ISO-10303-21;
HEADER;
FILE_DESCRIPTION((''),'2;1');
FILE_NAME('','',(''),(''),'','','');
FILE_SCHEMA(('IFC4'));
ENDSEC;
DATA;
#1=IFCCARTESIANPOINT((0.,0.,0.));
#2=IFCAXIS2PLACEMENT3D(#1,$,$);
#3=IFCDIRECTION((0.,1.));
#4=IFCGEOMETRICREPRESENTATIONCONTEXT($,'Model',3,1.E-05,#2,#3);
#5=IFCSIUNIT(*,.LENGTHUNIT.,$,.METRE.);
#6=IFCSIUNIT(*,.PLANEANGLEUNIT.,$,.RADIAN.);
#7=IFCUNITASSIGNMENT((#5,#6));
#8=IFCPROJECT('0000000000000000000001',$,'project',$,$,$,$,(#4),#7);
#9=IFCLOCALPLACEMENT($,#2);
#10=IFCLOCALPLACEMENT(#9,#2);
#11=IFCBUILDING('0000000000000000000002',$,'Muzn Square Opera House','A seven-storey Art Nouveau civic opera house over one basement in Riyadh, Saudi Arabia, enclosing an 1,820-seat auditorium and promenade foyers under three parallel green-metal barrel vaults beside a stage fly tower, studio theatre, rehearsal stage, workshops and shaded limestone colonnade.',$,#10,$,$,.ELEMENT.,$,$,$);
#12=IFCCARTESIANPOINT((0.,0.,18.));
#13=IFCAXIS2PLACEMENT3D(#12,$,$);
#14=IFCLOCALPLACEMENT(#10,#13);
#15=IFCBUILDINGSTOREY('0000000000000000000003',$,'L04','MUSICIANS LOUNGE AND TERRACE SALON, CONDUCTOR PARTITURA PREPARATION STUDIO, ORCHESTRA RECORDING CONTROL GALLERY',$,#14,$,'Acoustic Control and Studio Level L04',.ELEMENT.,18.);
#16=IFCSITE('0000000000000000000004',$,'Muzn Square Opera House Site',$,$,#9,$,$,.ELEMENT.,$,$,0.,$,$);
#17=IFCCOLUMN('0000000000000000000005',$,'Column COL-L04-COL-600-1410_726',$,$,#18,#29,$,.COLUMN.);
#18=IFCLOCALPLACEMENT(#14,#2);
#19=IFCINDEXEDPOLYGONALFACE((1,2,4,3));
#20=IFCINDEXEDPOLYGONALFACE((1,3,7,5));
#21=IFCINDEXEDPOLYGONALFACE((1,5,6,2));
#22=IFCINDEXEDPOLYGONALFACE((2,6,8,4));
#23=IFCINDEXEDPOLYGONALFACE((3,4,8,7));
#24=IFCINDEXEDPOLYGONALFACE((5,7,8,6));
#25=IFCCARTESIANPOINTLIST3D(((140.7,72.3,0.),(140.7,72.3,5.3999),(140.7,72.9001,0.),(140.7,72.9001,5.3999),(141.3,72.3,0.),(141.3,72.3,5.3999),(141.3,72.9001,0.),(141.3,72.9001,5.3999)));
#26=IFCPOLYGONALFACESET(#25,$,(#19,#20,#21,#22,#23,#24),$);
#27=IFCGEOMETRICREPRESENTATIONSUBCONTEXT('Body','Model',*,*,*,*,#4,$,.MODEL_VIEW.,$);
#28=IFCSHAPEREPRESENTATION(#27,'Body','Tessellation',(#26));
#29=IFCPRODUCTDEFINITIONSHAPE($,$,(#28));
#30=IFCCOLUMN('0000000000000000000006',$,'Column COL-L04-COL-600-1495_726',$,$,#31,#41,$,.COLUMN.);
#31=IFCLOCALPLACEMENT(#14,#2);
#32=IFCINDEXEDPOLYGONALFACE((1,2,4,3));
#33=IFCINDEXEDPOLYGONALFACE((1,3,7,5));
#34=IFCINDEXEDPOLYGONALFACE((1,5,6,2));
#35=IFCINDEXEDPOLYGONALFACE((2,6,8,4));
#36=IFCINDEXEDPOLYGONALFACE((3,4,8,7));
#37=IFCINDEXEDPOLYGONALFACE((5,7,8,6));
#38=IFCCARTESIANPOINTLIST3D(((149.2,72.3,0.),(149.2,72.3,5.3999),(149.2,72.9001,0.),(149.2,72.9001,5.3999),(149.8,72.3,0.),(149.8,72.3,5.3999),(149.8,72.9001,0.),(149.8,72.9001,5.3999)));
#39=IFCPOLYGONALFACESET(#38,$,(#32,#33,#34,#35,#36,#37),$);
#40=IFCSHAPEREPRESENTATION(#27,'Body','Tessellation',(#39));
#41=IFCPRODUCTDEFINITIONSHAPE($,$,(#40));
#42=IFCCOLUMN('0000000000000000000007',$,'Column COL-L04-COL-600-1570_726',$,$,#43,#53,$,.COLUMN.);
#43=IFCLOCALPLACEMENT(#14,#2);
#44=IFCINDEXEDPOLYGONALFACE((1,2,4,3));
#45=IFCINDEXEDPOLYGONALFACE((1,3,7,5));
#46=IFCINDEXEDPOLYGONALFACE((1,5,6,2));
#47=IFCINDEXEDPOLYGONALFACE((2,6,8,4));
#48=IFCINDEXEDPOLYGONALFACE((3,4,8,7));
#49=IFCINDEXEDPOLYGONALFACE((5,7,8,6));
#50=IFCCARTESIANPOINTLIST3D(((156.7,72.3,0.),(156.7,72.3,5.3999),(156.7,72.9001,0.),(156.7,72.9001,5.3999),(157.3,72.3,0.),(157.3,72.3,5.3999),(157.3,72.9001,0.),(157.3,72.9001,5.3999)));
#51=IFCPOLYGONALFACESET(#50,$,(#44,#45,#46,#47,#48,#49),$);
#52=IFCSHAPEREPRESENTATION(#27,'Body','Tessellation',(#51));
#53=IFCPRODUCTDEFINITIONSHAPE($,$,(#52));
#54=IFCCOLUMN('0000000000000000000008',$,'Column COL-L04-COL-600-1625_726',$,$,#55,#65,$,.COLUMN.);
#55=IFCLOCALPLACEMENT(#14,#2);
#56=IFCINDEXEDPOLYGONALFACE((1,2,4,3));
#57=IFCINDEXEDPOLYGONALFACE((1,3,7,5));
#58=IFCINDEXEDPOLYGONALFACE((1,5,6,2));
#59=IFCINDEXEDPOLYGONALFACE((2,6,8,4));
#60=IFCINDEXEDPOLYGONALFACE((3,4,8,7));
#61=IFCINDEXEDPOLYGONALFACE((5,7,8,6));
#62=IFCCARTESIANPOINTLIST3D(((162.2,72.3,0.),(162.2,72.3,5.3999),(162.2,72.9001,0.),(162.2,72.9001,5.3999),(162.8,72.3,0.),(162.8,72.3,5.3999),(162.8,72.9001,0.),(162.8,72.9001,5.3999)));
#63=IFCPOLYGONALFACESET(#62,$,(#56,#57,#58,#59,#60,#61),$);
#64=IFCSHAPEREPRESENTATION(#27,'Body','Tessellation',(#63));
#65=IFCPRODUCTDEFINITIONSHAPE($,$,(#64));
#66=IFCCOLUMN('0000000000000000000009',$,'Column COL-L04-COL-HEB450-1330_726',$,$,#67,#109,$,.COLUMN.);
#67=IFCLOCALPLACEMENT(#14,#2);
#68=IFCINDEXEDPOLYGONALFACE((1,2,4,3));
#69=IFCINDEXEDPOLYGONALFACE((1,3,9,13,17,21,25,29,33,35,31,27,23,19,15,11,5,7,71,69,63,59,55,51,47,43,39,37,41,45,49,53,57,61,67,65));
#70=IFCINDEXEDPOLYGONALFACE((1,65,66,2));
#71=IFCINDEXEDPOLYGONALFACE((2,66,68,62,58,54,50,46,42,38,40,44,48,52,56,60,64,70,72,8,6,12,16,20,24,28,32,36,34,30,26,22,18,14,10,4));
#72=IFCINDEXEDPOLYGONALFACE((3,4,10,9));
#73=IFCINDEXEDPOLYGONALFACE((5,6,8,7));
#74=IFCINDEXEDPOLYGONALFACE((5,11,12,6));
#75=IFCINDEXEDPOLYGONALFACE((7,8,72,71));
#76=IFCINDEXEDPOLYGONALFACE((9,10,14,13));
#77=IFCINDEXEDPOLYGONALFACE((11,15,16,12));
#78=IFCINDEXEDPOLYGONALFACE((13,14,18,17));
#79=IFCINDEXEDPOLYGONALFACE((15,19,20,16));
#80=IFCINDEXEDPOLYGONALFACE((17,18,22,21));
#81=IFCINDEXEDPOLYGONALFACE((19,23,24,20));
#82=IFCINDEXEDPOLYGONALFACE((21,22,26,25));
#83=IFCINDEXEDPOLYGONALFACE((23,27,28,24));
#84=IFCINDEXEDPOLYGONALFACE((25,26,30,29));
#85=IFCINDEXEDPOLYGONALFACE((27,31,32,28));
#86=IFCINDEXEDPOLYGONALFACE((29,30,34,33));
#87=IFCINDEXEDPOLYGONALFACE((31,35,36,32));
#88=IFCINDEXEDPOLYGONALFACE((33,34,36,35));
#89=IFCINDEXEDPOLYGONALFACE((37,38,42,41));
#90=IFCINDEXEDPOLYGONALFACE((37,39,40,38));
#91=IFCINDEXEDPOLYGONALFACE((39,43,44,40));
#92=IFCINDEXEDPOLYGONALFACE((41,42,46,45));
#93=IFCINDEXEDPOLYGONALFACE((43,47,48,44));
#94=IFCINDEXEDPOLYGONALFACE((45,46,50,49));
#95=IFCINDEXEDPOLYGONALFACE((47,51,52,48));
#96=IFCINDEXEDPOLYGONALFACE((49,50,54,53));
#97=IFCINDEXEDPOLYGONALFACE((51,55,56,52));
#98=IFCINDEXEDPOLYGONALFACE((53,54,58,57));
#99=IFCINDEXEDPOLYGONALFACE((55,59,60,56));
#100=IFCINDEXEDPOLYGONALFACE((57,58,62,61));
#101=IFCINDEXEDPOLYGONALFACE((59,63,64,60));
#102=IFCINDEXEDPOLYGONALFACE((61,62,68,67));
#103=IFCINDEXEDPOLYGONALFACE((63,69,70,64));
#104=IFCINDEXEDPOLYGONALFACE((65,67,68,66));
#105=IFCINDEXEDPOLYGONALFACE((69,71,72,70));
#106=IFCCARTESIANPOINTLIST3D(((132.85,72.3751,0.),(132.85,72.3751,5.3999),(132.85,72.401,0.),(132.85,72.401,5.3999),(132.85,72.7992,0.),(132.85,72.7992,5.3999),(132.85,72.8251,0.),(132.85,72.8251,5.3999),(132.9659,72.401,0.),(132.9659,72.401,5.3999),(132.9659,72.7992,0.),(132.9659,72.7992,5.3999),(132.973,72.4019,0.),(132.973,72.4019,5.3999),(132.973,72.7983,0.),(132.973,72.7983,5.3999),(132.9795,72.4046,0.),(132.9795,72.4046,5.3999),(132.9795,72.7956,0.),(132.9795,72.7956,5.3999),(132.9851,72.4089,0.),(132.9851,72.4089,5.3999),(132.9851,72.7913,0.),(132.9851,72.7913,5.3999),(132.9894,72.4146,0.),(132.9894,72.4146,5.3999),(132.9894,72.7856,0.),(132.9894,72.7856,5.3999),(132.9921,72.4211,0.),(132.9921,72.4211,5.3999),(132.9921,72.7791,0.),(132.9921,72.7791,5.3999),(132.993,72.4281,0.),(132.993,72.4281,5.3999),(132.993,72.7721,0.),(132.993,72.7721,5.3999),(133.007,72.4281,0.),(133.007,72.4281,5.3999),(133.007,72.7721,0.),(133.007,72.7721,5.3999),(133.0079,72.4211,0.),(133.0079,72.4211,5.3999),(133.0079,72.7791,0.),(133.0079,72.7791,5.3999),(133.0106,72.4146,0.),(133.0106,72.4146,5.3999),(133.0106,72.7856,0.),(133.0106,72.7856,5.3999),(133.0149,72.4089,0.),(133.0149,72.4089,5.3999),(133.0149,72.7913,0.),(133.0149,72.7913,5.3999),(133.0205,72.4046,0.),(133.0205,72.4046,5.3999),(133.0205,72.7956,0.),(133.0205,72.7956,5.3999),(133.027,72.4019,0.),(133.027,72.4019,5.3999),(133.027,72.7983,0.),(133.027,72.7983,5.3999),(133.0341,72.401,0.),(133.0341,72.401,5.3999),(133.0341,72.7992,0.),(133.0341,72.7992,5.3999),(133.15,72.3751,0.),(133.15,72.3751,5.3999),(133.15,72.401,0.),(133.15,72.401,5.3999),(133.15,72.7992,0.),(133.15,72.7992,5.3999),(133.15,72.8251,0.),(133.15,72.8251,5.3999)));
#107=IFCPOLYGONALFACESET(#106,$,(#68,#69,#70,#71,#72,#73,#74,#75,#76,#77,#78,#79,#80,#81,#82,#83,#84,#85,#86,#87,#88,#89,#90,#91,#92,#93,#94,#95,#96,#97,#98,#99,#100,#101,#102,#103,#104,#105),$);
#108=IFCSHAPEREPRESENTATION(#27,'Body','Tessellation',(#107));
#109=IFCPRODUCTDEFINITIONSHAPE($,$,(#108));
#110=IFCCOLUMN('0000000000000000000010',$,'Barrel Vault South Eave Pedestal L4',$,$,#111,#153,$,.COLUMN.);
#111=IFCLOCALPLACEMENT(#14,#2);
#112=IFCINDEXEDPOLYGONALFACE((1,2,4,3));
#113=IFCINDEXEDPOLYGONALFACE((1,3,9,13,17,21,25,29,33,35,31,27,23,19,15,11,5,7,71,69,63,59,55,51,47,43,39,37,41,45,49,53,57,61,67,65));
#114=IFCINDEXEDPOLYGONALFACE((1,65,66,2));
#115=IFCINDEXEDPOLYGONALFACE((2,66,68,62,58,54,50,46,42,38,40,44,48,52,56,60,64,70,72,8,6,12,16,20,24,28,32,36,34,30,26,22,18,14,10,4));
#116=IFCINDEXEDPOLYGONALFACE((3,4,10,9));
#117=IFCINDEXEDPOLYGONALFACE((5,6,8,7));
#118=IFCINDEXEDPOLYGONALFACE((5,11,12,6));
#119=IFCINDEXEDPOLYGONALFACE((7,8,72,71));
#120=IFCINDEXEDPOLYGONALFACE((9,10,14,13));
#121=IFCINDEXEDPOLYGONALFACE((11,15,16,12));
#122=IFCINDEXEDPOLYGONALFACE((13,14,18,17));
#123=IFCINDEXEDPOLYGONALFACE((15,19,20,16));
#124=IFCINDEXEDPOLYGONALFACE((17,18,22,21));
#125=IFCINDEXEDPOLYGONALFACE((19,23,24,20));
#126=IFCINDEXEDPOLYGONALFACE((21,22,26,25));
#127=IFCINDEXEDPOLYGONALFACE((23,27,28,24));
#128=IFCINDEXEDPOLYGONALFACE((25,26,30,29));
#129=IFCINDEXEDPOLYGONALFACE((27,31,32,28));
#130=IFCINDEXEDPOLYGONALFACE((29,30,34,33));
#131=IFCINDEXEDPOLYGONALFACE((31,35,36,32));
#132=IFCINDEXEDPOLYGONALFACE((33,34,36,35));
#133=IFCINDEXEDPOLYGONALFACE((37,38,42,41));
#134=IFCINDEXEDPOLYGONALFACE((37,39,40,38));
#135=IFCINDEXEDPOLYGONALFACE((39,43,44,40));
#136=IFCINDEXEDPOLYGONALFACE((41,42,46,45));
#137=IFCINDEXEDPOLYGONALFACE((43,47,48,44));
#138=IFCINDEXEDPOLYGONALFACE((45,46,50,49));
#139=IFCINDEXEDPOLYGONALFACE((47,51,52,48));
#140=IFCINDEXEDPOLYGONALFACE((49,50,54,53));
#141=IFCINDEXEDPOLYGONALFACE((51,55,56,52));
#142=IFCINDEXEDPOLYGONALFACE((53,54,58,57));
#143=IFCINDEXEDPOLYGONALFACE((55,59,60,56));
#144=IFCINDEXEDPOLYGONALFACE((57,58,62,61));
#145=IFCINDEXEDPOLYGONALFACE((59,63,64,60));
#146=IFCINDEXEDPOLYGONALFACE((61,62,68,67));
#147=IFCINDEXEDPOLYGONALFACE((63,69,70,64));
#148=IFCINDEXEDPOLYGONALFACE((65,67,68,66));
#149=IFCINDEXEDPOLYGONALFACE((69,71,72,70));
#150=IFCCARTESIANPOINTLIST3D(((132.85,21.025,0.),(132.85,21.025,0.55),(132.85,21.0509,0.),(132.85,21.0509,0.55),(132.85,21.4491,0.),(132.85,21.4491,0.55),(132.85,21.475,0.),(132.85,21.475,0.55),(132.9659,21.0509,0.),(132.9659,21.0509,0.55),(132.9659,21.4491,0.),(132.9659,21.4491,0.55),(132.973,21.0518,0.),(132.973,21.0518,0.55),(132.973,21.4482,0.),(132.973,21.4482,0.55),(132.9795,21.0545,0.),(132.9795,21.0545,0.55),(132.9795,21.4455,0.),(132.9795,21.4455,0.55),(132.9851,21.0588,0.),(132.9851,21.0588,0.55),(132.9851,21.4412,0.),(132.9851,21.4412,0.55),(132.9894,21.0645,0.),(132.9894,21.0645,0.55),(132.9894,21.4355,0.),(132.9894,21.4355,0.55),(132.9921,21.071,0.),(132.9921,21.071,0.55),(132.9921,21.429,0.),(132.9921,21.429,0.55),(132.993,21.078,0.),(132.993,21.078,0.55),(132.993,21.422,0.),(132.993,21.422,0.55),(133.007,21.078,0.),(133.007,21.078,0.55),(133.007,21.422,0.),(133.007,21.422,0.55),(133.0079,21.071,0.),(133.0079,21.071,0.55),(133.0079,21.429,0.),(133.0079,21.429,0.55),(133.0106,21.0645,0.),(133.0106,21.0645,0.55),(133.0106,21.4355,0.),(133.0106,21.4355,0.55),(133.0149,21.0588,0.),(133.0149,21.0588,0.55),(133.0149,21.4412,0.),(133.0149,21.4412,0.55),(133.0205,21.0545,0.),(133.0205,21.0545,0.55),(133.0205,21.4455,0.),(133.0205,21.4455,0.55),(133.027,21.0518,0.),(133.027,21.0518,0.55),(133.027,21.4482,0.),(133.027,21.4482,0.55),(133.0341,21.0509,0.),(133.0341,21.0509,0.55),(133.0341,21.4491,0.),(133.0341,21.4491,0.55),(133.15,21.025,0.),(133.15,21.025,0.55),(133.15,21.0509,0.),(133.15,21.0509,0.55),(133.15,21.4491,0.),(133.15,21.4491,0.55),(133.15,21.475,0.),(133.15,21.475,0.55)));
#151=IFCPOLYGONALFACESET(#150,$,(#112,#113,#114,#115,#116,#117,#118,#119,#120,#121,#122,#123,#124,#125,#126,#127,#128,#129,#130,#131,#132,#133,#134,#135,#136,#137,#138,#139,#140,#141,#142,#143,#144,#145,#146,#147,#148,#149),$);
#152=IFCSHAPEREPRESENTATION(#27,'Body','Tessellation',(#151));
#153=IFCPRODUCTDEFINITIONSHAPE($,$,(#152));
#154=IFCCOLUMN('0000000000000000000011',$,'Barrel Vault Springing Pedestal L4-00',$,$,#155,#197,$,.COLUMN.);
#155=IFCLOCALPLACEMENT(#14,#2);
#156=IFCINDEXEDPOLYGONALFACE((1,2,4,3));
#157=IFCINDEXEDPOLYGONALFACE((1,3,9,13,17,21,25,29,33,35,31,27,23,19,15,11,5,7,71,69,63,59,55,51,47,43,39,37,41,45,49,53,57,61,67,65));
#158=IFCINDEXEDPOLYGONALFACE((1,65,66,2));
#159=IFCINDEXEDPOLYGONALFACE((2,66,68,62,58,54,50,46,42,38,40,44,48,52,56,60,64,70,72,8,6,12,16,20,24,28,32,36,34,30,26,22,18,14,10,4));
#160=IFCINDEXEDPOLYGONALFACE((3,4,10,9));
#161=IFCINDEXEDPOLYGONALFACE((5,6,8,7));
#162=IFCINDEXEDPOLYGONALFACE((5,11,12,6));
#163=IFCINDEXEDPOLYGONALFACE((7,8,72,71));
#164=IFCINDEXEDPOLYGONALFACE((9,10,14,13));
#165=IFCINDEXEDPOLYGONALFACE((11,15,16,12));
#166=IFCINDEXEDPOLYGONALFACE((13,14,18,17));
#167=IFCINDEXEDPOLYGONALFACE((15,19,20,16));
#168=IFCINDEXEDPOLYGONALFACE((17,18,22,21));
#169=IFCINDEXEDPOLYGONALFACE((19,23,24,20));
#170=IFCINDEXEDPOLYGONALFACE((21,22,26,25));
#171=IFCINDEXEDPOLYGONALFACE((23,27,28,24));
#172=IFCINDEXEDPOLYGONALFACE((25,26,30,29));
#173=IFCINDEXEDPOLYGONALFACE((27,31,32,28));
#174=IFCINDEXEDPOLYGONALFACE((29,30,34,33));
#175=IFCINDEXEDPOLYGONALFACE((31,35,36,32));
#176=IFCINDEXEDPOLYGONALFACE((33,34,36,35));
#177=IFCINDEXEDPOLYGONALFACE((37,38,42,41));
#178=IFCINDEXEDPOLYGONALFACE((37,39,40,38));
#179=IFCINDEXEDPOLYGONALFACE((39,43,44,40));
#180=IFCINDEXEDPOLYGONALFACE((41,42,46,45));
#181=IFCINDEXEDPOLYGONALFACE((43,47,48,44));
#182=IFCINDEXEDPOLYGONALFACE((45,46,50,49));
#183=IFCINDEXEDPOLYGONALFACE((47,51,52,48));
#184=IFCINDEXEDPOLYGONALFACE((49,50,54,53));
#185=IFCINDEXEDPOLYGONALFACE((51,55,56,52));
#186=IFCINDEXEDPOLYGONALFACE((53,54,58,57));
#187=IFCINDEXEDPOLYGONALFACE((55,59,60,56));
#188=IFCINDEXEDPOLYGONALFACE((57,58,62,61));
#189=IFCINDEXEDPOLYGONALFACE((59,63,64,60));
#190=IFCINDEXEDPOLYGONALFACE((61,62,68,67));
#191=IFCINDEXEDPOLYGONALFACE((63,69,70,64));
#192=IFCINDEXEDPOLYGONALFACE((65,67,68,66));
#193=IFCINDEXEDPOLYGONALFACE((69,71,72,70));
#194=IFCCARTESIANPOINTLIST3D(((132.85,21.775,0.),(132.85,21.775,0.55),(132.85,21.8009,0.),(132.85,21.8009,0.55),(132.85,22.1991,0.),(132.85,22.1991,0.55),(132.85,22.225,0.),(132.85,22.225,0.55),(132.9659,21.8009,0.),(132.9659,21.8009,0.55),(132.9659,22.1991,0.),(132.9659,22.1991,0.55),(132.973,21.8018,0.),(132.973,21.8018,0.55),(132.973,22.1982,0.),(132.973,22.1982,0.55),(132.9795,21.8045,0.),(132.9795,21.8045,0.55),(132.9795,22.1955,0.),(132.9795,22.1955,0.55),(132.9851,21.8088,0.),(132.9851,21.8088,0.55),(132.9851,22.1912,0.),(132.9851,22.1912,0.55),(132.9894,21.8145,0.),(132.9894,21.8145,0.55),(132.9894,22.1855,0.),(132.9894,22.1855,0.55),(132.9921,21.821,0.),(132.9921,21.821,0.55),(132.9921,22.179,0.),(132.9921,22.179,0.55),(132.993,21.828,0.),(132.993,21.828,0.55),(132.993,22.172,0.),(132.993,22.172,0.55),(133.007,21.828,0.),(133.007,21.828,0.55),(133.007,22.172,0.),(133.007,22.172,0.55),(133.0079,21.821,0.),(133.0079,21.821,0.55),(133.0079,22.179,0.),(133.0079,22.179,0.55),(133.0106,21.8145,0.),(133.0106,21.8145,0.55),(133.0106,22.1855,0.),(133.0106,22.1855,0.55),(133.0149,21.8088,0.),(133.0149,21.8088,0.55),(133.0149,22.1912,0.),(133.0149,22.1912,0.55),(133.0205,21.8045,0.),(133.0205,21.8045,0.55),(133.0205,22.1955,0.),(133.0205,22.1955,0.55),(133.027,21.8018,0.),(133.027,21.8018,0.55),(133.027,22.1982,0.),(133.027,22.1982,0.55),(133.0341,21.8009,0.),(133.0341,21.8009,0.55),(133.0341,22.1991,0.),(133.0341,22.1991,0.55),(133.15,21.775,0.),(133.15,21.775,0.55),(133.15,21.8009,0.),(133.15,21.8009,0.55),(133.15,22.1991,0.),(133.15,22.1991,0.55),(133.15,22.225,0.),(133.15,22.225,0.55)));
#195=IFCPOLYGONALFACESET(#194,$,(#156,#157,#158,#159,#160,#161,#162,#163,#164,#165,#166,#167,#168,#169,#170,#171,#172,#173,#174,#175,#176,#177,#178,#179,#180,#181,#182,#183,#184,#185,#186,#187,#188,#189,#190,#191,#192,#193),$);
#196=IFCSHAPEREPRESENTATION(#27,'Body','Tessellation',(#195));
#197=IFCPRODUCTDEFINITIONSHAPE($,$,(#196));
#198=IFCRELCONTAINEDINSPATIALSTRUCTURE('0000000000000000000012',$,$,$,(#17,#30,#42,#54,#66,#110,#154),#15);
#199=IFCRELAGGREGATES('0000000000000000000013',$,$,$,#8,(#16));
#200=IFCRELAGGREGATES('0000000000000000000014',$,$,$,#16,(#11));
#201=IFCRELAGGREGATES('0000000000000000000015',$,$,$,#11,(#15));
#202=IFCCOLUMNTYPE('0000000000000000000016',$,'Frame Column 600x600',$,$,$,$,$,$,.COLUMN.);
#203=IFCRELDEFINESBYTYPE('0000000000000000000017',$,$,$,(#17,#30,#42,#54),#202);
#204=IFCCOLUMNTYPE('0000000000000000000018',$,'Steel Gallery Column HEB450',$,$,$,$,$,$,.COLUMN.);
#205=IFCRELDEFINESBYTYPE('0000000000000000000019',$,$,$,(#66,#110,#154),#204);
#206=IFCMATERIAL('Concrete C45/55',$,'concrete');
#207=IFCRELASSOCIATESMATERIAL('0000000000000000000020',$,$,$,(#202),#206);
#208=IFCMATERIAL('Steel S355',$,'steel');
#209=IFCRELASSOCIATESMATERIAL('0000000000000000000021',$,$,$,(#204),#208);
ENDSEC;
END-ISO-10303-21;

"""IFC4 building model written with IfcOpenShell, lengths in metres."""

from ifc_helpers import new_model, si_unit, direction, frame, origin, origin_2d, place, context, subcontext, project, spatial, rectangle, i_section, extrude, material, material_profile, profile_set, type_object, element, save


model = new_model("IFC4")

# Units and contexts
model_context = context("Model", 3, precision=1e-05, world=origin(), true_north=direction((0.0, 1.0)))
body_context = subcontext(model_context, "Body", "Model", "MODEL_VIEW")
ifc_project = project(units=[si_unit("LENGTHUNIT", "METRE"), si_unit("PLANEANGLEUNIT", "RADIAN")], contexts=[model_context])

# Site, building, storey
site_placement = place(None, origin())
site = spatial("IfcSite", under=ifc_project, at=site_placement, Name="Muzn Square Opera House Site", CompositionType="ELEMENT", RefElevation=0.0)
building_placement = place(site_placement, origin())
building = spatial("IfcBuilding", under=site, at=building_placement, Name="Muzn Square Opera House", Description="A seven-storey Art Nouveau civic opera house over one basement in Riyadh, Saudi Arabia, enclosing an 1,820-seat auditorium and promenade foyers under three parallel green-metal barrel vaults beside a stage fly tower, studio theatre, rehearsal stage, workshops and shaded limestone colonnade.", CompositionType="ELEMENT")
storey_placement = place(building_placement, frame((0.0, 0.0, 18.0)))
storey = spatial("IfcBuildingStorey", under=building, at=storey_placement, Name="L04", Description="MUSICIANS LOUNGE AND TERRACE SALON, CONDUCTOR PARTITURA PREPARATION STUDIO, ORCHESTRA RECORDING CONTROL GALLERY", LongName="Acoustic Control and Studio Level L04", CompositionType="ELEMENT", Elevation=18.0)

# Columns
ifc_material_1 = material(Name="Concrete C45/55", Category="concrete")
ifc_material_profile_1 = material_profile(ifc_material_1, rectangle(XDim=0.6001, YDim=0.6001, at=origin_2d()), Name="RC 600x600", Category="concrete")
ifc_profile_set_1 = profile_set([ifc_material_profile_1], Name="Concrete C45/55")
column_type_1 = type_object("IfcColumnType", Name="Frame Column 600x600", PredefinedType="COLUMN", material=ifc_profile_set_1)
for number, where, z_axis, x_axis, name in (
    (1, (141.0, 72.6001, 0.0), (0.0, 0.0, 1.0), (1.0, 0.0, 0.0), "Column COL-L04-COL-600-1410_726"),
    (2, (149.5, 72.6001, 0.0), (0.0, 0.0, 1.0), (1.0, 0.0, 0.0), "Column COL-L04-COL-600-1495_726"),
    (3, (157.0, 72.6001, 0.0), (0.0, 0.0, 1.0), (1.0, 0.0, 0.0), "Column COL-L04-COL-600-1570_726"),
    (4, (162.5, 72.6001, 0.0), (0.0, 0.0, 1.0), (1.0, 0.0, 0.0), "Column COL-L04-COL-600-1625_726"),
):
    element("IfcColumn", number, at=place(storey_placement, frame(where, z_axis=z_axis, x_axis=x_axis)), inside=storey, type_object=column_type_1, Name=name, PredefinedType="COLUMN", context=body_context, shape_type="SweptSolid", body=[
        extrude(rectangle(XDim=0.6001, YDim=0.6001, at=origin_2d()), origin(), (0.0, 0.0, 1.0), 5.3999),
    ])
ifc_material_2 = material(Name="Steel S355", Category="steel")
ifc_material_profile_2 = material_profile(ifc_material_2, i_section(OverallWidth=0.3, OverallDepth=0.45, WebThickness=0.0139, FlangeThickness=0.0259, FilletRadius=0.0271, at=origin_2d()), Name="HEB 450", Category="steel")
ifc_profile_set_2 = profile_set([ifc_material_profile_2], Name="Steel S355")
column_type_2 = type_object("IfcColumnType", Name="Steel Gallery Column HEB450", PredefinedType="COLUMN", material=ifc_profile_set_2)
column_placement = place(storey_placement, frame((133.0, 72.6001, 0.0), z_axis=(0.0, 0.0, 1.0), x_axis=(1.0, 0.0, 0.0)))
element("IfcColumn", 5, at=column_placement, inside=storey, type_object=column_type_2, Name="Column COL-L04-COL-HEB450-1330_726", PredefinedType="COLUMN", context=body_context, shape_type="SweptSolid", body=[
    extrude(i_section(OverallWidth=0.3, OverallDepth=0.45, WebThickness=0.0139, FlangeThickness=0.0259, FilletRadius=0.0271, at=origin_2d()), origin(), (0.0, 0.0, 1.0), 5.3999),
])
for number, where, z_axis, x_axis, name in (
    (6, (133.0, 21.25, 0.0), (0.0, 0.0, 1.0), (1.0, 0.0, 0.0), "Barrel Vault South Eave Pedestal L4"),
    (7, (133.0, 22.0, 0.0), (0.0, 0.0, 1.0), (1.0, 0.0, 0.0), "Barrel Vault Springing Pedestal L4-00"),
):
    element("IfcColumn", number, at=place(storey_placement, frame(where, z_axis=z_axis, x_axis=x_axis)), inside=storey, type_object=column_type_2, Name=name, PredefinedType="COLUMN", context=body_context, shape_type="SweptSolid", body=[
        extrude(i_section(OverallWidth=0.3, OverallDepth=0.45, WebThickness=0.0139, FlangeThickness=0.0259, FilletRadius=0.0271, at=origin_2d()), origin(), (0.0, 0.0, 1.0), 0.55),
    ])

save(model, "model.ifc")
